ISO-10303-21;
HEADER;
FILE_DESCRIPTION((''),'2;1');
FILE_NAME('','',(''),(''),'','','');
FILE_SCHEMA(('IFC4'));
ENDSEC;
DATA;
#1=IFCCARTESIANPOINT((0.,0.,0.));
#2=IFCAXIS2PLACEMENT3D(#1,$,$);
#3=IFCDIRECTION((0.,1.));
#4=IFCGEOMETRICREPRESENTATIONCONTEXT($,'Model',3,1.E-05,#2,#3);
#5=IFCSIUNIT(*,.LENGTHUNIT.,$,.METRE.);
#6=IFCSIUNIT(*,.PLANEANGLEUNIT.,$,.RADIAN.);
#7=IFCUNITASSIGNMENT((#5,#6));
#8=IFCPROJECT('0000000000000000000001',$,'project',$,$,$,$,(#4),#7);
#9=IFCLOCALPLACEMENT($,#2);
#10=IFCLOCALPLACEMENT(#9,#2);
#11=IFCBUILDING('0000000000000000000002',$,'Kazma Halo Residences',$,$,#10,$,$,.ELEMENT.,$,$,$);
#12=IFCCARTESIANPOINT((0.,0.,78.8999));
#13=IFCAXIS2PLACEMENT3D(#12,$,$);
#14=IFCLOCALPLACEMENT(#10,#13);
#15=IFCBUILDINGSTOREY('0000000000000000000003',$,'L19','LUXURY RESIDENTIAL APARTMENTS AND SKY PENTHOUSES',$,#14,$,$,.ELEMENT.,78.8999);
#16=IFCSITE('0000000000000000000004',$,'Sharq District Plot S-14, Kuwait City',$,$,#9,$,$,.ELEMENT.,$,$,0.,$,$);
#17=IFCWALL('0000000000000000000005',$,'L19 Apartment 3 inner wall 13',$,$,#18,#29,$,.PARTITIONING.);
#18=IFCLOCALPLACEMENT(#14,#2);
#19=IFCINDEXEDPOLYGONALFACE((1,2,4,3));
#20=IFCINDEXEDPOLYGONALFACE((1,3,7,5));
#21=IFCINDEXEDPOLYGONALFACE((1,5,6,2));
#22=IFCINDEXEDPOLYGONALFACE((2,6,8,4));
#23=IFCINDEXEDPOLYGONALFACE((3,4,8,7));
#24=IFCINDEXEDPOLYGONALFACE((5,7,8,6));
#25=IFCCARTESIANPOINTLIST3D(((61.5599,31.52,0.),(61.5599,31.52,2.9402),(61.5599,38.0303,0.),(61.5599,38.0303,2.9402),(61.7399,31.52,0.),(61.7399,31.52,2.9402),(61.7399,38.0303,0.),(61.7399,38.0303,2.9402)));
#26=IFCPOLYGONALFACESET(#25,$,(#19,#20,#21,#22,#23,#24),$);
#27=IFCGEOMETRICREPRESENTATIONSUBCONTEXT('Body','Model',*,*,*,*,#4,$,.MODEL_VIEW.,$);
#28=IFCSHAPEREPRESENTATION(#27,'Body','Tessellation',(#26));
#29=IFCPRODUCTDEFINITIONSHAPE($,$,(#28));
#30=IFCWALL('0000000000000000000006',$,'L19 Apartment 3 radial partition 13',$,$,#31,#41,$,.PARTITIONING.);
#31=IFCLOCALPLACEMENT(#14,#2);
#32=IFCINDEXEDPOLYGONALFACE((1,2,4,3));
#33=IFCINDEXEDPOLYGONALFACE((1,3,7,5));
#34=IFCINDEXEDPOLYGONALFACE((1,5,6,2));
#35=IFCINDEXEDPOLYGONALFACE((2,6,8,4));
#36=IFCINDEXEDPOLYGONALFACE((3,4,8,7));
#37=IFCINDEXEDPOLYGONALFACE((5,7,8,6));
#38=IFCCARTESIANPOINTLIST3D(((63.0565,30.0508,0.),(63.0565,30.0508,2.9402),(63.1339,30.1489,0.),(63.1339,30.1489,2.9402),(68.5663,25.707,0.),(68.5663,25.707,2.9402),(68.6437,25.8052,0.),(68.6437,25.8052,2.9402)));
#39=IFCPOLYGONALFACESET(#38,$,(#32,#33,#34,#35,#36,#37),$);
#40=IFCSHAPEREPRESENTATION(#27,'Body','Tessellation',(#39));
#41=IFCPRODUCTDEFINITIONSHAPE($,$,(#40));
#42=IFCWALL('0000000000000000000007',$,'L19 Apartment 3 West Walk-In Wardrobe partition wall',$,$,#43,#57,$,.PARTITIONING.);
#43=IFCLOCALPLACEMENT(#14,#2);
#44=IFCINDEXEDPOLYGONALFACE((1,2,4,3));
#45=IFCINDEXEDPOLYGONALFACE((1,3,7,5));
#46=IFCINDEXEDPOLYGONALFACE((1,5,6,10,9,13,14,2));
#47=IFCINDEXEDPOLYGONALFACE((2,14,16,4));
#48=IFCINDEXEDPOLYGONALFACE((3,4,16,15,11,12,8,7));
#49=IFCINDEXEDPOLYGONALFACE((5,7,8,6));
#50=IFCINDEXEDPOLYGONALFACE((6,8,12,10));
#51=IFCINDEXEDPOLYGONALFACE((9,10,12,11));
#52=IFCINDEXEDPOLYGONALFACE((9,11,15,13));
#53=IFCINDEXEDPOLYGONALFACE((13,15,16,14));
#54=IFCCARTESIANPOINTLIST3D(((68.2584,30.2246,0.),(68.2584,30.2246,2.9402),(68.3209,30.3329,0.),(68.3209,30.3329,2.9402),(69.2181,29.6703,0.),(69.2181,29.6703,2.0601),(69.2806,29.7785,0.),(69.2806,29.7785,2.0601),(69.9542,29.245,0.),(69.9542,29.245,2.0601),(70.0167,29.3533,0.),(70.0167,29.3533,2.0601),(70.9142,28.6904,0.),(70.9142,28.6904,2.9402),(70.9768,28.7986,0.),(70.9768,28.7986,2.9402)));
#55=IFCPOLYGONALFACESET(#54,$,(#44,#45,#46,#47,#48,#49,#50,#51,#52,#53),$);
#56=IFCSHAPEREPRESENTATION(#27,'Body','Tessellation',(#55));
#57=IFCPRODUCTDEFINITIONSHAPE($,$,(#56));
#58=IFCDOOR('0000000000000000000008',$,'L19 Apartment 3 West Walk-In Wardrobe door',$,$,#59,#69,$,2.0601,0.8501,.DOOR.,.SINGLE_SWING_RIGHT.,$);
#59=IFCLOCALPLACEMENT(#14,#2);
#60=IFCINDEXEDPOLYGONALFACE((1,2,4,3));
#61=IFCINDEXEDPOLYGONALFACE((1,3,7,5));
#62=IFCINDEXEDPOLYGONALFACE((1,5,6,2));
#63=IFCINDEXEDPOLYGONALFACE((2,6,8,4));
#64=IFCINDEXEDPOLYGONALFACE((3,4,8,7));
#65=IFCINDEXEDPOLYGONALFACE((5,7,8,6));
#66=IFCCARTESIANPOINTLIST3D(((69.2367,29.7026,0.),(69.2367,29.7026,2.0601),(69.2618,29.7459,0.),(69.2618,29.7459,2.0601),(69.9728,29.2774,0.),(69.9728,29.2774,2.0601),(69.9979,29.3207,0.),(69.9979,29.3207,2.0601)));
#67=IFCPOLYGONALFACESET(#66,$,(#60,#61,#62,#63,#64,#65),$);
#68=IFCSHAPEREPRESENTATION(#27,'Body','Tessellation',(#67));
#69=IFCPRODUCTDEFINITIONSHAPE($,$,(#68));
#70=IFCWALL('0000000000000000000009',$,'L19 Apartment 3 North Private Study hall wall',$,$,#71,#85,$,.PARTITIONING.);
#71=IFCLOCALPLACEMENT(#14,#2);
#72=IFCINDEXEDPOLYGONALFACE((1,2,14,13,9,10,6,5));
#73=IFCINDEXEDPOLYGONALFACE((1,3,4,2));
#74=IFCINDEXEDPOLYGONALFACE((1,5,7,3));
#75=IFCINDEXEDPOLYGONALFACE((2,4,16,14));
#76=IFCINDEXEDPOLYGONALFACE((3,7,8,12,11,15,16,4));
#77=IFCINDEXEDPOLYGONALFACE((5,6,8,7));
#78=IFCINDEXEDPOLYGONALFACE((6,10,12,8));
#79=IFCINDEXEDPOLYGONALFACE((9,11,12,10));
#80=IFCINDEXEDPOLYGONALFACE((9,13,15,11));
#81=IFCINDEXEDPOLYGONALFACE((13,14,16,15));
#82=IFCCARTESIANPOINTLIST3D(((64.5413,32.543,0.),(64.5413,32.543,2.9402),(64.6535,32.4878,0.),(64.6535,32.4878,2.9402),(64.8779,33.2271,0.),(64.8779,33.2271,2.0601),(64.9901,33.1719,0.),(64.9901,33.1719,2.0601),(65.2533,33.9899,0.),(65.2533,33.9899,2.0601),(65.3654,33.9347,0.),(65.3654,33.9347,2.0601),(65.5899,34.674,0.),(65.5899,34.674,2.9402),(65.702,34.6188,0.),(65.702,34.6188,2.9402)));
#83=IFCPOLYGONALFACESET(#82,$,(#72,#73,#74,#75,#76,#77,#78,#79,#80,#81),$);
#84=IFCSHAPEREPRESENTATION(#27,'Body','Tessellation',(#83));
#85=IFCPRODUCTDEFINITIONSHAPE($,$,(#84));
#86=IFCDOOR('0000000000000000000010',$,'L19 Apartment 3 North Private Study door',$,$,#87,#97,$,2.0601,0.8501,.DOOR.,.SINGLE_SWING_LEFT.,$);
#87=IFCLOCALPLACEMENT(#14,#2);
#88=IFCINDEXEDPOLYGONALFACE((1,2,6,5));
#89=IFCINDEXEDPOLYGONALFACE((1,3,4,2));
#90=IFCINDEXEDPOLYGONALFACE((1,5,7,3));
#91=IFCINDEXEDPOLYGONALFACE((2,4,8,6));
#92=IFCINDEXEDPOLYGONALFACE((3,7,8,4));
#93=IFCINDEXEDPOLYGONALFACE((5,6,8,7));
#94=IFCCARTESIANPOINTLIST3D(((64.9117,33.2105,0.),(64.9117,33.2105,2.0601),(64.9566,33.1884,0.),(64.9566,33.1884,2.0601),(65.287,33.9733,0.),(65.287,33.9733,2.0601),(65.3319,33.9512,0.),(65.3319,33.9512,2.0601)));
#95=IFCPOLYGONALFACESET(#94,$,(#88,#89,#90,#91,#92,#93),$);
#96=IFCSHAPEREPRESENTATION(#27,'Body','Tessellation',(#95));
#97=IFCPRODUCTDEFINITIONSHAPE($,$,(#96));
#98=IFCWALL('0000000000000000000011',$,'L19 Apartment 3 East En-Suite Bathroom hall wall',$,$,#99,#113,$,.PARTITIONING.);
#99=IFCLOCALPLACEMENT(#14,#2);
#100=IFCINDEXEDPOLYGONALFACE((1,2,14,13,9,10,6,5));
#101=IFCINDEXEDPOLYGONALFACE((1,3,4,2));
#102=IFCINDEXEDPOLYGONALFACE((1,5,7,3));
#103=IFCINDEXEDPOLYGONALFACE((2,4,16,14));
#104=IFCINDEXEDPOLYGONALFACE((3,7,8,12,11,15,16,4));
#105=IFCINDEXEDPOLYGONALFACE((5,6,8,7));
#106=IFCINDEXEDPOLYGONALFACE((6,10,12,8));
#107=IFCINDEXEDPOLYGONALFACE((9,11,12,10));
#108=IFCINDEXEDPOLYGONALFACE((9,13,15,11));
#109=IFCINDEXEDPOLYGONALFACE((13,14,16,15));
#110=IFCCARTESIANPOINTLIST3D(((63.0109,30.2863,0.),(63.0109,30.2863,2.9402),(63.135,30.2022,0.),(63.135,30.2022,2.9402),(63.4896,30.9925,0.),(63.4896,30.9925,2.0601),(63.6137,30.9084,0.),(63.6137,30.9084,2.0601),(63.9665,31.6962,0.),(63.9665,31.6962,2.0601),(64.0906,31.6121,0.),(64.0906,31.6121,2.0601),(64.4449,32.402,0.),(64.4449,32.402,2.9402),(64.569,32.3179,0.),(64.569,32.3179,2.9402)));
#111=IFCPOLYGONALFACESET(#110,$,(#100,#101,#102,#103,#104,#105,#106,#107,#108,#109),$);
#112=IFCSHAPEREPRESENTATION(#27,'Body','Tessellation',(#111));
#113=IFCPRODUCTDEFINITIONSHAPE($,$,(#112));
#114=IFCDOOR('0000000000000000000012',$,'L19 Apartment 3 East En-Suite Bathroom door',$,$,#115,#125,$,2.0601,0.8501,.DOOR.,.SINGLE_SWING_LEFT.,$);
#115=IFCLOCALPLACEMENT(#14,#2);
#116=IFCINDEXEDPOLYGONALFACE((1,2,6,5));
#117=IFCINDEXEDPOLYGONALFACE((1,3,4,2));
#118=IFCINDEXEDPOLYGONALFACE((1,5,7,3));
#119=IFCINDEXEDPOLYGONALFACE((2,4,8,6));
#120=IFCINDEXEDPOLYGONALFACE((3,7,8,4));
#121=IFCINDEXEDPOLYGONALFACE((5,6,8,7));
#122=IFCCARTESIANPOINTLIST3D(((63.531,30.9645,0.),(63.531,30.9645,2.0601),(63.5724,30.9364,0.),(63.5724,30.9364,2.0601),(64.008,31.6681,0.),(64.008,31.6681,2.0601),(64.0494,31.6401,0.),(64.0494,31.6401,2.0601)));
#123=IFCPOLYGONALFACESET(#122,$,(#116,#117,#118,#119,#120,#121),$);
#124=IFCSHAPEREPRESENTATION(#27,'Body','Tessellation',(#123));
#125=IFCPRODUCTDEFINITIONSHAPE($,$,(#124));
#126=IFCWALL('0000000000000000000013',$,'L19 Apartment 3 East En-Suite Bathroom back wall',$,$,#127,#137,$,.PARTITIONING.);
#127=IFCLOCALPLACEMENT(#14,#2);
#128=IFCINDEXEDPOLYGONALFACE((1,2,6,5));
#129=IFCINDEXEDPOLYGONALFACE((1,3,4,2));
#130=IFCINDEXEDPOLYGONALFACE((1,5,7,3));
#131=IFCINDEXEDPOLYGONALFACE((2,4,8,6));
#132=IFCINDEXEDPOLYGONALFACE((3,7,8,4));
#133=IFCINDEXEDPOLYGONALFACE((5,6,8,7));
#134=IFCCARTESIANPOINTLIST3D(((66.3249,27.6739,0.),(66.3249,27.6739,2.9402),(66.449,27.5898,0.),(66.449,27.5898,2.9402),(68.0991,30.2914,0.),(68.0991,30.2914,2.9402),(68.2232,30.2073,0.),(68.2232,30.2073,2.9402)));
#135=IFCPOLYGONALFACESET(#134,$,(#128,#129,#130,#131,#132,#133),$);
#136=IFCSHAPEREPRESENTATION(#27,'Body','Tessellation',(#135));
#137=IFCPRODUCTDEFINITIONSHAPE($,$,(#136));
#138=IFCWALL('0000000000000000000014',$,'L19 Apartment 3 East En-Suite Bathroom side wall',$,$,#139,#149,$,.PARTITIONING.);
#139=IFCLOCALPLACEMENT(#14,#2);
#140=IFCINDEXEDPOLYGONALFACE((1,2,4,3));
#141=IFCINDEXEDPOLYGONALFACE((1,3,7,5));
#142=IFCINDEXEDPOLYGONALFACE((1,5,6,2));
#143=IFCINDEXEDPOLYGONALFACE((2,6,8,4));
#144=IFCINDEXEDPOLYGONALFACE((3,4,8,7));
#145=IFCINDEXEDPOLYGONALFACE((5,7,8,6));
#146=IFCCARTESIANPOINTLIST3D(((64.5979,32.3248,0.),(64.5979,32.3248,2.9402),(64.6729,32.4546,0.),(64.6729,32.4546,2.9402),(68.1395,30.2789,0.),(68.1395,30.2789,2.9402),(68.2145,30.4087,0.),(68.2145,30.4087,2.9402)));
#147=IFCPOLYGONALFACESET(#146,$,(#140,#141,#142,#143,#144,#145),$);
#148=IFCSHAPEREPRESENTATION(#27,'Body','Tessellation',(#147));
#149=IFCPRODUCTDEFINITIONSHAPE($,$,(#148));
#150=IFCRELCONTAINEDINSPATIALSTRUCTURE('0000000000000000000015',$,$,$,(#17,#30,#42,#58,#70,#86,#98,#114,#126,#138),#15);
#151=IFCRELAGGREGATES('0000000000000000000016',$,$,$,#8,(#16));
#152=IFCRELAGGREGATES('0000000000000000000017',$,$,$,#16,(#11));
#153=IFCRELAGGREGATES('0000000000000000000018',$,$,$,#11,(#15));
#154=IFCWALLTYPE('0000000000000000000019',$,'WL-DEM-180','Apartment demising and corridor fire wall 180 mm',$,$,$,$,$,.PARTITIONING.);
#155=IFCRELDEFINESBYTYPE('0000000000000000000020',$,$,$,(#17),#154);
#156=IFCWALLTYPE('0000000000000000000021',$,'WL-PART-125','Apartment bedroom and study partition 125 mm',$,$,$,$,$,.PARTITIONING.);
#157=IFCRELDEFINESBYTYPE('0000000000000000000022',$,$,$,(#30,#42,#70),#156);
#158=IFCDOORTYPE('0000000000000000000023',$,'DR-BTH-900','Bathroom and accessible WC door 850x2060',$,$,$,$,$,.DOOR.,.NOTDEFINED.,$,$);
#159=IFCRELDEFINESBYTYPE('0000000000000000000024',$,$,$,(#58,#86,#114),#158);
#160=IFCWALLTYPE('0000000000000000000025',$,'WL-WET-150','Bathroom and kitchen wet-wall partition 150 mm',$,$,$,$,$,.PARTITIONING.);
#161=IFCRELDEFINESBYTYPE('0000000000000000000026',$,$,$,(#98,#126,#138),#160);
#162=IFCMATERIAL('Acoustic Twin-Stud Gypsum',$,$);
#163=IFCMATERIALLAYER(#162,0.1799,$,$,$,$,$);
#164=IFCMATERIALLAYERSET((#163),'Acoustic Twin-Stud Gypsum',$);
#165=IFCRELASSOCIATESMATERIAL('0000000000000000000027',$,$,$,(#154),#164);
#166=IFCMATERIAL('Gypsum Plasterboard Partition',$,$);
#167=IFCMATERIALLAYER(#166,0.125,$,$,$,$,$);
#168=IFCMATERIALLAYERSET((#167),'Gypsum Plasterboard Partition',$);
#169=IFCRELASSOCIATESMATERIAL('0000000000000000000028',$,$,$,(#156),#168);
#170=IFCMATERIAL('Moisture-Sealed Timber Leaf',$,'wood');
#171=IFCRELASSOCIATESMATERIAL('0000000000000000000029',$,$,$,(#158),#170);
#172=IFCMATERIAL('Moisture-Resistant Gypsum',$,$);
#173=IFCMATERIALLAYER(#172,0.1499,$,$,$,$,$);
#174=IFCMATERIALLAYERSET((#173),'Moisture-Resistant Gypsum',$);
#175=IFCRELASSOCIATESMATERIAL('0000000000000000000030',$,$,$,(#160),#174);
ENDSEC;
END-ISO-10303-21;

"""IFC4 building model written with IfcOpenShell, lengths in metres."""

from ifc_helpers import new_model, si_unit, direction, frame, frame_2d, origin, place, context, subcontext, project, spatial, rectangle, extrude, material, layer, layer_set, type_object, element, fill, save


model = new_model("IFC4")

# Units and contexts
model_context = context("Model", 3, precision=1e-05, world=origin(), true_north=direction((0.0, 1.0)))
body_context = subcontext(model_context, "Body", "Model", "MODEL_VIEW")
ifc_project = project(units=[si_unit("LENGTHUNIT", "METRE"), si_unit("PLANEANGLEUNIT", "RADIAN")], contexts=[model_context])

# Site, building, storey
site_placement = place(None, origin())
site = spatial("IfcSite", under=ifc_project, at=site_placement, Name="Sharq District Plot S-14, Kuwait City", CompositionType="ELEMENT", RefElevation=0.0)
building_placement = place(site_placement, origin())
building = spatial("IfcBuilding", under=site, at=building_placement, Name="Kazma Halo Residences", CompositionType="ELEMENT")
storey_placement = place(building_placement, frame((0.0, 0.0, 78.8999)))
storey = spatial("IfcBuildingStorey", under=building, at=storey_placement, Name="L19", Description="LUXURY RESIDENTIAL APARTMENTS AND SKY PENTHOUSES", CompositionType="ELEMENT", Elevation=78.8999)

# Wall
ifc_material_1 = material(Name="Acoustic Twin-Stud Gypsum")
ifc_layer_1 = layer(ifc_material_1, 0.1799)
ifc_layer_set_1 = layer_set([ifc_layer_1], Name="Acoustic Twin-Stud Gypsum")
wall_type_1 = type_object("IfcWallType", Name="WL-DEM-180", Description="Apartment demising and corridor fire wall 180 mm", PredefinedType="PARTITIONING", material=ifc_layer_set_1)
wall_1_placement = place(storey_placement, frame((61.6499, 31.52, 0.0), z_axis=(0.0, 0.0, 1.0), x_axis=(0.0, 1.0, 0.0)))
element("IfcWall", 1, at=wall_1_placement, inside=storey, type_object=wall_type_1, Name="L19 Apartment 3 inner wall 13", PredefinedType="PARTITIONING", context=body_context, shape_type="SweptSolid", body=[
    extrude(rectangle(XDim=6.5103, YDim=0.1799, at=frame_2d((3.2551, 0.0))), origin(), (0.0, 0.0, 1.0), 2.9402),
])

# Wall
ifc_material_2 = material(Name="Gypsum Plasterboard Partition")
ifc_layer_2 = layer(ifc_material_2, 0.125)
ifc_layer_set_2 = layer_set([ifc_layer_2], Name="Gypsum Plasterboard Partition")
wall_type_2 = type_object("IfcWallType", Name="WL-PART-125", Description="Apartment bedroom and study partition 125 mm", PredefinedType="PARTITIONING", material=ifc_layer_set_2)
wall_2_placement = place(storey_placement, frame((63.0952, 30.0999, 0.0), z_axis=(0.0, 0.0, 1.0), x_axis=(0.785303, -0.619112, 0.0)))
element("IfcWall", 2, at=wall_2_placement, inside=storey, type_object=wall_type_2, Name="L19 Apartment 3 radial partition 13", PredefinedType="PARTITIONING", context=body_context, shape_type="SweptSolid", body=[
    extrude(rectangle(XDim=7.0161, YDim=0.125, at=frame_2d((3.5081, 0.0))), origin(), (0.0, 0.0, 1.0), 2.9402),
])

# Walls, openings, doors
wall_3_placement = place(storey_placement, frame((68.2896, 30.2788, 0.0), z_axis=(0.0, 0.0, 1.0), x_axis=(0.865902, -0.500214, 0.0)))
wall_3 = element("IfcWall", 3, at=wall_3_placement, inside=storey, type_object=wall_type_2, Name="L19 Apartment 3 West Walk-In Wardrobe partition wall", PredefinedType="PARTITIONING", context=body_context, shape_type="SweptSolid", body=[
    extrude(rectangle(XDim=3.0671, YDim=0.125, at=frame_2d((1.5337, 0.0))), origin(), (0.0, 0.0, 1.0), 2.9402),
])
opening_1_placement = place(wall_3_placement, frame((1.1084, 0.0, 0.0)))
opening_1 = element("IfcOpeningElement", 4, at=opening_1_placement, cuts=wall_3, PredefinedType="OPENING", context=body_context, shape_type="SweptSolid", body=[
    extrude(rectangle(XDim=0.8501, YDim=2.0601, at=frame_2d((0.425, 1.03))), frame((0.0, 0.0725, 0.0), z_axis=(0.0, -1.0, 0.0), x_axis=(1.0, 0.0, 0.0)), (0.0, 0.0, 1.0), 0.145),
])
ifc_material_3 = material(Name="Moisture-Sealed Timber Leaf", Category="wood")
door_type_1 = type_object("IfcDoorType", Name="DR-BTH-900", Description="Bathroom and accessible WC door 850x2060", OperationType="NOTDEFINED", PredefinedType="DOOR", material=ifc_material_3)
door_1_placement = place(opening_1_placement, origin())
door_1 = element("IfcDoor", 5, at=door_1_placement, inside=storey, type_object=door_type_1, Name="L19 Apartment 3 West Walk-In Wardrobe door", OperationType="SINGLE_SWING_RIGHT", OverallHeight=2.0601, OverallWidth=0.8501, PredefinedType="DOOR", context=body_context, shape_type="SweptSolid", body=[
    extrude(rectangle(XDim=0.8501, YDim=2.0601, at=frame_2d((0.425, 1.03))), frame((0.0, 0.0249, 0.0), z_axis=(0.0, -1.0, 0.0), x_axis=(1.0, 0.0, 0.0)), (0.0, 0.0, 1.0), 0.05),
])
fill(opening_1, door_1)
wall_4_placement = place(storey_placement, frame((64.5974, 32.5154, 0.0), z_axis=(0.0, 0.0, 1.0), x_axis=(0.441489, 0.897267, 0.0)))
wall_4 = element("IfcWall", 6, at=wall_4_placement, inside=storey, type_object=wall_type_2, Name="L19 Apartment 3 North Private Study hall wall", PredefinedType="PARTITIONING", context=body_context, shape_type="SweptSolid", body=[
    extrude(rectangle(XDim=2.375, YDim=0.125, at=frame_2d((1.1875, 0.0))), origin(), (0.0, 0.0, 1.0), 2.9402),
])
opening_2_placement = place(wall_4_placement, frame((0.7625, 0.0, 0.0)))
opening_2 = element("IfcOpeningElement", 7, at=opening_2_placement, cuts=wall_4, PredefinedType="OPENING", context=body_context, shape_type="SweptSolid", body=[
    extrude(rectangle(XDim=0.8501, YDim=2.0601, at=frame_2d((0.425, 1.03))), frame((0.0, 0.0725, 0.0), z_axis=(0.0, -1.0, 0.0), x_axis=(1.0, 0.0, 0.0)), (0.0, 0.0, 1.0), 0.145),
])
door_2_placement = place(opening_2_placement, origin())
door_2 = element("IfcDoor", 8, at=door_2_placement, inside=storey, type_object=door_type_1, Name="L19 Apartment 3 North Private Study door", OperationType="SINGLE_SWING_LEFT", OverallHeight=2.0601, OverallWidth=0.8501, PredefinedType="DOOR", context=body_context, shape_type="SweptSolid", body=[
    extrude(rectangle(XDim=0.8501, YDim=2.0601, at=frame_2d((0.425, 1.03))), frame((0.0, 0.0249, 0.0), z_axis=(0.0, -1.0, 0.0), x_axis=(1.0, 0.0, 0.0)), (0.0, 0.0, 1.0), 0.05),
])
fill(opening_2, door_2)
ifc_material_4 = material(Name="Moisture-Resistant Gypsum")
ifc_layer_3 = layer(ifc_material_4, 0.1499)
ifc_layer_set_3 = layer_set([ifc_layer_3], Name="Moisture-Resistant Gypsum")
wall_type_3 = type_object("IfcWallType", Name="WL-WET-150", Description="Bathroom and kitchen wet-wall partition 150 mm", PredefinedType="PARTITIONING", material=ifc_layer_set_3)
wall_5_placement = place(storey_placement, frame((63.073, 30.2444, 0.0), z_axis=(0.0, 0.0, 1.0), x_axis=(0.561076, 0.827764, 0.0)))
wall_5 = element("IfcWall", 9, at=wall_5_placement, inside=storey, type_object=wall_type_3, Name="L19 Apartment 3 East En-Suite Bathroom hall wall", PredefinedType="PARTITIONING", context=body_context, shape_type="SweptSolid", body=[
    extrude(rectangle(XDim=2.5559, YDim=0.1499, at=frame_2d((1.2778, 0.0))), origin(), (0.0, 0.0, 1.0), 2.9402),
])
opening_3_placement = place(wall_5_placement, frame((0.853, 0.0, 0.0)))
opening_3 = element("IfcOpeningElement", 10, at=opening_3_placement, cuts=wall_5, PredefinedType="OPENING", context=body_context, shape_type="SweptSolid", body=[
    extrude(rectangle(XDim=0.8501, YDim=2.0601, at=frame_2d((0.425, 1.03))), frame((0.0, 0.085, 0.0), z_axis=(0.0, -1.0, 0.0), x_axis=(1.0, 0.0, 0.0)), (0.0, 0.0, 1.0), 0.1699),
])
door_3_placement = place(opening_3_placement, origin())
door_3 = element("IfcDoor", 11, at=door_3_placement, inside=storey, type_object=door_type_1, Name="L19 Apartment 3 East En-Suite Bathroom door", OperationType="SINGLE_SWING_LEFT", OverallHeight=2.0601, OverallWidth=0.8501, PredefinedType="DOOR", context=body_context, shape_type="SweptSolid", body=[
    extrude(rectangle(XDim=0.8501, YDim=2.0601, at=frame_2d((0.425, 1.03))), frame((0.0, 0.0249, 0.0), z_axis=(0.0, -1.0, 0.0), x_axis=(1.0, 0.0, 0.0)), (0.0, 0.0, 1.0), 0.05),
])
fill(opening_3, door_3)

# Walls
wall_6_placement = place(storey_placement, frame((66.387, 27.6318, 0.0), z_axis=(0.0, 0.0, 1.0), x_axis=(0.56108, 0.827761, 0.0)))
element("IfcWall", 12, at=wall_6_placement, inside=storey, type_object=wall_type_3, Name="L19 Apartment 3 East En-Suite Bathroom back wall", PredefinedType="PARTITIONING", context=body_context, shape_type="SweptSolid", body=[
    extrude(rectangle(XDim=3.1621, YDim=0.1499, at=frame_2d((1.5811, 0.0))), origin(), (0.0, 0.0, 1.0), 2.9402),
])
wall_7_placement = place(storey_placement, frame((64.6355, 32.3896, 0.0), z_axis=(0.0, 0.0, 1.0), x_axis=(0.865897, -0.500222, 0.0)))
element("IfcWall", 13, at=wall_7_placement, inside=storey, type_object=wall_type_3, Name="L19 Apartment 3 East En-Suite Bathroom side wall", PredefinedType="PARTITIONING", context=body_context, shape_type="SweptSolid", body=[
    extrude(rectangle(XDim=4.0901, YDim=0.1499, at=frame_2d((2.0449, 0.0))), origin(), (0.0, 0.0, 1.0), 2.9402),
])

save(model, "model.ifc")
